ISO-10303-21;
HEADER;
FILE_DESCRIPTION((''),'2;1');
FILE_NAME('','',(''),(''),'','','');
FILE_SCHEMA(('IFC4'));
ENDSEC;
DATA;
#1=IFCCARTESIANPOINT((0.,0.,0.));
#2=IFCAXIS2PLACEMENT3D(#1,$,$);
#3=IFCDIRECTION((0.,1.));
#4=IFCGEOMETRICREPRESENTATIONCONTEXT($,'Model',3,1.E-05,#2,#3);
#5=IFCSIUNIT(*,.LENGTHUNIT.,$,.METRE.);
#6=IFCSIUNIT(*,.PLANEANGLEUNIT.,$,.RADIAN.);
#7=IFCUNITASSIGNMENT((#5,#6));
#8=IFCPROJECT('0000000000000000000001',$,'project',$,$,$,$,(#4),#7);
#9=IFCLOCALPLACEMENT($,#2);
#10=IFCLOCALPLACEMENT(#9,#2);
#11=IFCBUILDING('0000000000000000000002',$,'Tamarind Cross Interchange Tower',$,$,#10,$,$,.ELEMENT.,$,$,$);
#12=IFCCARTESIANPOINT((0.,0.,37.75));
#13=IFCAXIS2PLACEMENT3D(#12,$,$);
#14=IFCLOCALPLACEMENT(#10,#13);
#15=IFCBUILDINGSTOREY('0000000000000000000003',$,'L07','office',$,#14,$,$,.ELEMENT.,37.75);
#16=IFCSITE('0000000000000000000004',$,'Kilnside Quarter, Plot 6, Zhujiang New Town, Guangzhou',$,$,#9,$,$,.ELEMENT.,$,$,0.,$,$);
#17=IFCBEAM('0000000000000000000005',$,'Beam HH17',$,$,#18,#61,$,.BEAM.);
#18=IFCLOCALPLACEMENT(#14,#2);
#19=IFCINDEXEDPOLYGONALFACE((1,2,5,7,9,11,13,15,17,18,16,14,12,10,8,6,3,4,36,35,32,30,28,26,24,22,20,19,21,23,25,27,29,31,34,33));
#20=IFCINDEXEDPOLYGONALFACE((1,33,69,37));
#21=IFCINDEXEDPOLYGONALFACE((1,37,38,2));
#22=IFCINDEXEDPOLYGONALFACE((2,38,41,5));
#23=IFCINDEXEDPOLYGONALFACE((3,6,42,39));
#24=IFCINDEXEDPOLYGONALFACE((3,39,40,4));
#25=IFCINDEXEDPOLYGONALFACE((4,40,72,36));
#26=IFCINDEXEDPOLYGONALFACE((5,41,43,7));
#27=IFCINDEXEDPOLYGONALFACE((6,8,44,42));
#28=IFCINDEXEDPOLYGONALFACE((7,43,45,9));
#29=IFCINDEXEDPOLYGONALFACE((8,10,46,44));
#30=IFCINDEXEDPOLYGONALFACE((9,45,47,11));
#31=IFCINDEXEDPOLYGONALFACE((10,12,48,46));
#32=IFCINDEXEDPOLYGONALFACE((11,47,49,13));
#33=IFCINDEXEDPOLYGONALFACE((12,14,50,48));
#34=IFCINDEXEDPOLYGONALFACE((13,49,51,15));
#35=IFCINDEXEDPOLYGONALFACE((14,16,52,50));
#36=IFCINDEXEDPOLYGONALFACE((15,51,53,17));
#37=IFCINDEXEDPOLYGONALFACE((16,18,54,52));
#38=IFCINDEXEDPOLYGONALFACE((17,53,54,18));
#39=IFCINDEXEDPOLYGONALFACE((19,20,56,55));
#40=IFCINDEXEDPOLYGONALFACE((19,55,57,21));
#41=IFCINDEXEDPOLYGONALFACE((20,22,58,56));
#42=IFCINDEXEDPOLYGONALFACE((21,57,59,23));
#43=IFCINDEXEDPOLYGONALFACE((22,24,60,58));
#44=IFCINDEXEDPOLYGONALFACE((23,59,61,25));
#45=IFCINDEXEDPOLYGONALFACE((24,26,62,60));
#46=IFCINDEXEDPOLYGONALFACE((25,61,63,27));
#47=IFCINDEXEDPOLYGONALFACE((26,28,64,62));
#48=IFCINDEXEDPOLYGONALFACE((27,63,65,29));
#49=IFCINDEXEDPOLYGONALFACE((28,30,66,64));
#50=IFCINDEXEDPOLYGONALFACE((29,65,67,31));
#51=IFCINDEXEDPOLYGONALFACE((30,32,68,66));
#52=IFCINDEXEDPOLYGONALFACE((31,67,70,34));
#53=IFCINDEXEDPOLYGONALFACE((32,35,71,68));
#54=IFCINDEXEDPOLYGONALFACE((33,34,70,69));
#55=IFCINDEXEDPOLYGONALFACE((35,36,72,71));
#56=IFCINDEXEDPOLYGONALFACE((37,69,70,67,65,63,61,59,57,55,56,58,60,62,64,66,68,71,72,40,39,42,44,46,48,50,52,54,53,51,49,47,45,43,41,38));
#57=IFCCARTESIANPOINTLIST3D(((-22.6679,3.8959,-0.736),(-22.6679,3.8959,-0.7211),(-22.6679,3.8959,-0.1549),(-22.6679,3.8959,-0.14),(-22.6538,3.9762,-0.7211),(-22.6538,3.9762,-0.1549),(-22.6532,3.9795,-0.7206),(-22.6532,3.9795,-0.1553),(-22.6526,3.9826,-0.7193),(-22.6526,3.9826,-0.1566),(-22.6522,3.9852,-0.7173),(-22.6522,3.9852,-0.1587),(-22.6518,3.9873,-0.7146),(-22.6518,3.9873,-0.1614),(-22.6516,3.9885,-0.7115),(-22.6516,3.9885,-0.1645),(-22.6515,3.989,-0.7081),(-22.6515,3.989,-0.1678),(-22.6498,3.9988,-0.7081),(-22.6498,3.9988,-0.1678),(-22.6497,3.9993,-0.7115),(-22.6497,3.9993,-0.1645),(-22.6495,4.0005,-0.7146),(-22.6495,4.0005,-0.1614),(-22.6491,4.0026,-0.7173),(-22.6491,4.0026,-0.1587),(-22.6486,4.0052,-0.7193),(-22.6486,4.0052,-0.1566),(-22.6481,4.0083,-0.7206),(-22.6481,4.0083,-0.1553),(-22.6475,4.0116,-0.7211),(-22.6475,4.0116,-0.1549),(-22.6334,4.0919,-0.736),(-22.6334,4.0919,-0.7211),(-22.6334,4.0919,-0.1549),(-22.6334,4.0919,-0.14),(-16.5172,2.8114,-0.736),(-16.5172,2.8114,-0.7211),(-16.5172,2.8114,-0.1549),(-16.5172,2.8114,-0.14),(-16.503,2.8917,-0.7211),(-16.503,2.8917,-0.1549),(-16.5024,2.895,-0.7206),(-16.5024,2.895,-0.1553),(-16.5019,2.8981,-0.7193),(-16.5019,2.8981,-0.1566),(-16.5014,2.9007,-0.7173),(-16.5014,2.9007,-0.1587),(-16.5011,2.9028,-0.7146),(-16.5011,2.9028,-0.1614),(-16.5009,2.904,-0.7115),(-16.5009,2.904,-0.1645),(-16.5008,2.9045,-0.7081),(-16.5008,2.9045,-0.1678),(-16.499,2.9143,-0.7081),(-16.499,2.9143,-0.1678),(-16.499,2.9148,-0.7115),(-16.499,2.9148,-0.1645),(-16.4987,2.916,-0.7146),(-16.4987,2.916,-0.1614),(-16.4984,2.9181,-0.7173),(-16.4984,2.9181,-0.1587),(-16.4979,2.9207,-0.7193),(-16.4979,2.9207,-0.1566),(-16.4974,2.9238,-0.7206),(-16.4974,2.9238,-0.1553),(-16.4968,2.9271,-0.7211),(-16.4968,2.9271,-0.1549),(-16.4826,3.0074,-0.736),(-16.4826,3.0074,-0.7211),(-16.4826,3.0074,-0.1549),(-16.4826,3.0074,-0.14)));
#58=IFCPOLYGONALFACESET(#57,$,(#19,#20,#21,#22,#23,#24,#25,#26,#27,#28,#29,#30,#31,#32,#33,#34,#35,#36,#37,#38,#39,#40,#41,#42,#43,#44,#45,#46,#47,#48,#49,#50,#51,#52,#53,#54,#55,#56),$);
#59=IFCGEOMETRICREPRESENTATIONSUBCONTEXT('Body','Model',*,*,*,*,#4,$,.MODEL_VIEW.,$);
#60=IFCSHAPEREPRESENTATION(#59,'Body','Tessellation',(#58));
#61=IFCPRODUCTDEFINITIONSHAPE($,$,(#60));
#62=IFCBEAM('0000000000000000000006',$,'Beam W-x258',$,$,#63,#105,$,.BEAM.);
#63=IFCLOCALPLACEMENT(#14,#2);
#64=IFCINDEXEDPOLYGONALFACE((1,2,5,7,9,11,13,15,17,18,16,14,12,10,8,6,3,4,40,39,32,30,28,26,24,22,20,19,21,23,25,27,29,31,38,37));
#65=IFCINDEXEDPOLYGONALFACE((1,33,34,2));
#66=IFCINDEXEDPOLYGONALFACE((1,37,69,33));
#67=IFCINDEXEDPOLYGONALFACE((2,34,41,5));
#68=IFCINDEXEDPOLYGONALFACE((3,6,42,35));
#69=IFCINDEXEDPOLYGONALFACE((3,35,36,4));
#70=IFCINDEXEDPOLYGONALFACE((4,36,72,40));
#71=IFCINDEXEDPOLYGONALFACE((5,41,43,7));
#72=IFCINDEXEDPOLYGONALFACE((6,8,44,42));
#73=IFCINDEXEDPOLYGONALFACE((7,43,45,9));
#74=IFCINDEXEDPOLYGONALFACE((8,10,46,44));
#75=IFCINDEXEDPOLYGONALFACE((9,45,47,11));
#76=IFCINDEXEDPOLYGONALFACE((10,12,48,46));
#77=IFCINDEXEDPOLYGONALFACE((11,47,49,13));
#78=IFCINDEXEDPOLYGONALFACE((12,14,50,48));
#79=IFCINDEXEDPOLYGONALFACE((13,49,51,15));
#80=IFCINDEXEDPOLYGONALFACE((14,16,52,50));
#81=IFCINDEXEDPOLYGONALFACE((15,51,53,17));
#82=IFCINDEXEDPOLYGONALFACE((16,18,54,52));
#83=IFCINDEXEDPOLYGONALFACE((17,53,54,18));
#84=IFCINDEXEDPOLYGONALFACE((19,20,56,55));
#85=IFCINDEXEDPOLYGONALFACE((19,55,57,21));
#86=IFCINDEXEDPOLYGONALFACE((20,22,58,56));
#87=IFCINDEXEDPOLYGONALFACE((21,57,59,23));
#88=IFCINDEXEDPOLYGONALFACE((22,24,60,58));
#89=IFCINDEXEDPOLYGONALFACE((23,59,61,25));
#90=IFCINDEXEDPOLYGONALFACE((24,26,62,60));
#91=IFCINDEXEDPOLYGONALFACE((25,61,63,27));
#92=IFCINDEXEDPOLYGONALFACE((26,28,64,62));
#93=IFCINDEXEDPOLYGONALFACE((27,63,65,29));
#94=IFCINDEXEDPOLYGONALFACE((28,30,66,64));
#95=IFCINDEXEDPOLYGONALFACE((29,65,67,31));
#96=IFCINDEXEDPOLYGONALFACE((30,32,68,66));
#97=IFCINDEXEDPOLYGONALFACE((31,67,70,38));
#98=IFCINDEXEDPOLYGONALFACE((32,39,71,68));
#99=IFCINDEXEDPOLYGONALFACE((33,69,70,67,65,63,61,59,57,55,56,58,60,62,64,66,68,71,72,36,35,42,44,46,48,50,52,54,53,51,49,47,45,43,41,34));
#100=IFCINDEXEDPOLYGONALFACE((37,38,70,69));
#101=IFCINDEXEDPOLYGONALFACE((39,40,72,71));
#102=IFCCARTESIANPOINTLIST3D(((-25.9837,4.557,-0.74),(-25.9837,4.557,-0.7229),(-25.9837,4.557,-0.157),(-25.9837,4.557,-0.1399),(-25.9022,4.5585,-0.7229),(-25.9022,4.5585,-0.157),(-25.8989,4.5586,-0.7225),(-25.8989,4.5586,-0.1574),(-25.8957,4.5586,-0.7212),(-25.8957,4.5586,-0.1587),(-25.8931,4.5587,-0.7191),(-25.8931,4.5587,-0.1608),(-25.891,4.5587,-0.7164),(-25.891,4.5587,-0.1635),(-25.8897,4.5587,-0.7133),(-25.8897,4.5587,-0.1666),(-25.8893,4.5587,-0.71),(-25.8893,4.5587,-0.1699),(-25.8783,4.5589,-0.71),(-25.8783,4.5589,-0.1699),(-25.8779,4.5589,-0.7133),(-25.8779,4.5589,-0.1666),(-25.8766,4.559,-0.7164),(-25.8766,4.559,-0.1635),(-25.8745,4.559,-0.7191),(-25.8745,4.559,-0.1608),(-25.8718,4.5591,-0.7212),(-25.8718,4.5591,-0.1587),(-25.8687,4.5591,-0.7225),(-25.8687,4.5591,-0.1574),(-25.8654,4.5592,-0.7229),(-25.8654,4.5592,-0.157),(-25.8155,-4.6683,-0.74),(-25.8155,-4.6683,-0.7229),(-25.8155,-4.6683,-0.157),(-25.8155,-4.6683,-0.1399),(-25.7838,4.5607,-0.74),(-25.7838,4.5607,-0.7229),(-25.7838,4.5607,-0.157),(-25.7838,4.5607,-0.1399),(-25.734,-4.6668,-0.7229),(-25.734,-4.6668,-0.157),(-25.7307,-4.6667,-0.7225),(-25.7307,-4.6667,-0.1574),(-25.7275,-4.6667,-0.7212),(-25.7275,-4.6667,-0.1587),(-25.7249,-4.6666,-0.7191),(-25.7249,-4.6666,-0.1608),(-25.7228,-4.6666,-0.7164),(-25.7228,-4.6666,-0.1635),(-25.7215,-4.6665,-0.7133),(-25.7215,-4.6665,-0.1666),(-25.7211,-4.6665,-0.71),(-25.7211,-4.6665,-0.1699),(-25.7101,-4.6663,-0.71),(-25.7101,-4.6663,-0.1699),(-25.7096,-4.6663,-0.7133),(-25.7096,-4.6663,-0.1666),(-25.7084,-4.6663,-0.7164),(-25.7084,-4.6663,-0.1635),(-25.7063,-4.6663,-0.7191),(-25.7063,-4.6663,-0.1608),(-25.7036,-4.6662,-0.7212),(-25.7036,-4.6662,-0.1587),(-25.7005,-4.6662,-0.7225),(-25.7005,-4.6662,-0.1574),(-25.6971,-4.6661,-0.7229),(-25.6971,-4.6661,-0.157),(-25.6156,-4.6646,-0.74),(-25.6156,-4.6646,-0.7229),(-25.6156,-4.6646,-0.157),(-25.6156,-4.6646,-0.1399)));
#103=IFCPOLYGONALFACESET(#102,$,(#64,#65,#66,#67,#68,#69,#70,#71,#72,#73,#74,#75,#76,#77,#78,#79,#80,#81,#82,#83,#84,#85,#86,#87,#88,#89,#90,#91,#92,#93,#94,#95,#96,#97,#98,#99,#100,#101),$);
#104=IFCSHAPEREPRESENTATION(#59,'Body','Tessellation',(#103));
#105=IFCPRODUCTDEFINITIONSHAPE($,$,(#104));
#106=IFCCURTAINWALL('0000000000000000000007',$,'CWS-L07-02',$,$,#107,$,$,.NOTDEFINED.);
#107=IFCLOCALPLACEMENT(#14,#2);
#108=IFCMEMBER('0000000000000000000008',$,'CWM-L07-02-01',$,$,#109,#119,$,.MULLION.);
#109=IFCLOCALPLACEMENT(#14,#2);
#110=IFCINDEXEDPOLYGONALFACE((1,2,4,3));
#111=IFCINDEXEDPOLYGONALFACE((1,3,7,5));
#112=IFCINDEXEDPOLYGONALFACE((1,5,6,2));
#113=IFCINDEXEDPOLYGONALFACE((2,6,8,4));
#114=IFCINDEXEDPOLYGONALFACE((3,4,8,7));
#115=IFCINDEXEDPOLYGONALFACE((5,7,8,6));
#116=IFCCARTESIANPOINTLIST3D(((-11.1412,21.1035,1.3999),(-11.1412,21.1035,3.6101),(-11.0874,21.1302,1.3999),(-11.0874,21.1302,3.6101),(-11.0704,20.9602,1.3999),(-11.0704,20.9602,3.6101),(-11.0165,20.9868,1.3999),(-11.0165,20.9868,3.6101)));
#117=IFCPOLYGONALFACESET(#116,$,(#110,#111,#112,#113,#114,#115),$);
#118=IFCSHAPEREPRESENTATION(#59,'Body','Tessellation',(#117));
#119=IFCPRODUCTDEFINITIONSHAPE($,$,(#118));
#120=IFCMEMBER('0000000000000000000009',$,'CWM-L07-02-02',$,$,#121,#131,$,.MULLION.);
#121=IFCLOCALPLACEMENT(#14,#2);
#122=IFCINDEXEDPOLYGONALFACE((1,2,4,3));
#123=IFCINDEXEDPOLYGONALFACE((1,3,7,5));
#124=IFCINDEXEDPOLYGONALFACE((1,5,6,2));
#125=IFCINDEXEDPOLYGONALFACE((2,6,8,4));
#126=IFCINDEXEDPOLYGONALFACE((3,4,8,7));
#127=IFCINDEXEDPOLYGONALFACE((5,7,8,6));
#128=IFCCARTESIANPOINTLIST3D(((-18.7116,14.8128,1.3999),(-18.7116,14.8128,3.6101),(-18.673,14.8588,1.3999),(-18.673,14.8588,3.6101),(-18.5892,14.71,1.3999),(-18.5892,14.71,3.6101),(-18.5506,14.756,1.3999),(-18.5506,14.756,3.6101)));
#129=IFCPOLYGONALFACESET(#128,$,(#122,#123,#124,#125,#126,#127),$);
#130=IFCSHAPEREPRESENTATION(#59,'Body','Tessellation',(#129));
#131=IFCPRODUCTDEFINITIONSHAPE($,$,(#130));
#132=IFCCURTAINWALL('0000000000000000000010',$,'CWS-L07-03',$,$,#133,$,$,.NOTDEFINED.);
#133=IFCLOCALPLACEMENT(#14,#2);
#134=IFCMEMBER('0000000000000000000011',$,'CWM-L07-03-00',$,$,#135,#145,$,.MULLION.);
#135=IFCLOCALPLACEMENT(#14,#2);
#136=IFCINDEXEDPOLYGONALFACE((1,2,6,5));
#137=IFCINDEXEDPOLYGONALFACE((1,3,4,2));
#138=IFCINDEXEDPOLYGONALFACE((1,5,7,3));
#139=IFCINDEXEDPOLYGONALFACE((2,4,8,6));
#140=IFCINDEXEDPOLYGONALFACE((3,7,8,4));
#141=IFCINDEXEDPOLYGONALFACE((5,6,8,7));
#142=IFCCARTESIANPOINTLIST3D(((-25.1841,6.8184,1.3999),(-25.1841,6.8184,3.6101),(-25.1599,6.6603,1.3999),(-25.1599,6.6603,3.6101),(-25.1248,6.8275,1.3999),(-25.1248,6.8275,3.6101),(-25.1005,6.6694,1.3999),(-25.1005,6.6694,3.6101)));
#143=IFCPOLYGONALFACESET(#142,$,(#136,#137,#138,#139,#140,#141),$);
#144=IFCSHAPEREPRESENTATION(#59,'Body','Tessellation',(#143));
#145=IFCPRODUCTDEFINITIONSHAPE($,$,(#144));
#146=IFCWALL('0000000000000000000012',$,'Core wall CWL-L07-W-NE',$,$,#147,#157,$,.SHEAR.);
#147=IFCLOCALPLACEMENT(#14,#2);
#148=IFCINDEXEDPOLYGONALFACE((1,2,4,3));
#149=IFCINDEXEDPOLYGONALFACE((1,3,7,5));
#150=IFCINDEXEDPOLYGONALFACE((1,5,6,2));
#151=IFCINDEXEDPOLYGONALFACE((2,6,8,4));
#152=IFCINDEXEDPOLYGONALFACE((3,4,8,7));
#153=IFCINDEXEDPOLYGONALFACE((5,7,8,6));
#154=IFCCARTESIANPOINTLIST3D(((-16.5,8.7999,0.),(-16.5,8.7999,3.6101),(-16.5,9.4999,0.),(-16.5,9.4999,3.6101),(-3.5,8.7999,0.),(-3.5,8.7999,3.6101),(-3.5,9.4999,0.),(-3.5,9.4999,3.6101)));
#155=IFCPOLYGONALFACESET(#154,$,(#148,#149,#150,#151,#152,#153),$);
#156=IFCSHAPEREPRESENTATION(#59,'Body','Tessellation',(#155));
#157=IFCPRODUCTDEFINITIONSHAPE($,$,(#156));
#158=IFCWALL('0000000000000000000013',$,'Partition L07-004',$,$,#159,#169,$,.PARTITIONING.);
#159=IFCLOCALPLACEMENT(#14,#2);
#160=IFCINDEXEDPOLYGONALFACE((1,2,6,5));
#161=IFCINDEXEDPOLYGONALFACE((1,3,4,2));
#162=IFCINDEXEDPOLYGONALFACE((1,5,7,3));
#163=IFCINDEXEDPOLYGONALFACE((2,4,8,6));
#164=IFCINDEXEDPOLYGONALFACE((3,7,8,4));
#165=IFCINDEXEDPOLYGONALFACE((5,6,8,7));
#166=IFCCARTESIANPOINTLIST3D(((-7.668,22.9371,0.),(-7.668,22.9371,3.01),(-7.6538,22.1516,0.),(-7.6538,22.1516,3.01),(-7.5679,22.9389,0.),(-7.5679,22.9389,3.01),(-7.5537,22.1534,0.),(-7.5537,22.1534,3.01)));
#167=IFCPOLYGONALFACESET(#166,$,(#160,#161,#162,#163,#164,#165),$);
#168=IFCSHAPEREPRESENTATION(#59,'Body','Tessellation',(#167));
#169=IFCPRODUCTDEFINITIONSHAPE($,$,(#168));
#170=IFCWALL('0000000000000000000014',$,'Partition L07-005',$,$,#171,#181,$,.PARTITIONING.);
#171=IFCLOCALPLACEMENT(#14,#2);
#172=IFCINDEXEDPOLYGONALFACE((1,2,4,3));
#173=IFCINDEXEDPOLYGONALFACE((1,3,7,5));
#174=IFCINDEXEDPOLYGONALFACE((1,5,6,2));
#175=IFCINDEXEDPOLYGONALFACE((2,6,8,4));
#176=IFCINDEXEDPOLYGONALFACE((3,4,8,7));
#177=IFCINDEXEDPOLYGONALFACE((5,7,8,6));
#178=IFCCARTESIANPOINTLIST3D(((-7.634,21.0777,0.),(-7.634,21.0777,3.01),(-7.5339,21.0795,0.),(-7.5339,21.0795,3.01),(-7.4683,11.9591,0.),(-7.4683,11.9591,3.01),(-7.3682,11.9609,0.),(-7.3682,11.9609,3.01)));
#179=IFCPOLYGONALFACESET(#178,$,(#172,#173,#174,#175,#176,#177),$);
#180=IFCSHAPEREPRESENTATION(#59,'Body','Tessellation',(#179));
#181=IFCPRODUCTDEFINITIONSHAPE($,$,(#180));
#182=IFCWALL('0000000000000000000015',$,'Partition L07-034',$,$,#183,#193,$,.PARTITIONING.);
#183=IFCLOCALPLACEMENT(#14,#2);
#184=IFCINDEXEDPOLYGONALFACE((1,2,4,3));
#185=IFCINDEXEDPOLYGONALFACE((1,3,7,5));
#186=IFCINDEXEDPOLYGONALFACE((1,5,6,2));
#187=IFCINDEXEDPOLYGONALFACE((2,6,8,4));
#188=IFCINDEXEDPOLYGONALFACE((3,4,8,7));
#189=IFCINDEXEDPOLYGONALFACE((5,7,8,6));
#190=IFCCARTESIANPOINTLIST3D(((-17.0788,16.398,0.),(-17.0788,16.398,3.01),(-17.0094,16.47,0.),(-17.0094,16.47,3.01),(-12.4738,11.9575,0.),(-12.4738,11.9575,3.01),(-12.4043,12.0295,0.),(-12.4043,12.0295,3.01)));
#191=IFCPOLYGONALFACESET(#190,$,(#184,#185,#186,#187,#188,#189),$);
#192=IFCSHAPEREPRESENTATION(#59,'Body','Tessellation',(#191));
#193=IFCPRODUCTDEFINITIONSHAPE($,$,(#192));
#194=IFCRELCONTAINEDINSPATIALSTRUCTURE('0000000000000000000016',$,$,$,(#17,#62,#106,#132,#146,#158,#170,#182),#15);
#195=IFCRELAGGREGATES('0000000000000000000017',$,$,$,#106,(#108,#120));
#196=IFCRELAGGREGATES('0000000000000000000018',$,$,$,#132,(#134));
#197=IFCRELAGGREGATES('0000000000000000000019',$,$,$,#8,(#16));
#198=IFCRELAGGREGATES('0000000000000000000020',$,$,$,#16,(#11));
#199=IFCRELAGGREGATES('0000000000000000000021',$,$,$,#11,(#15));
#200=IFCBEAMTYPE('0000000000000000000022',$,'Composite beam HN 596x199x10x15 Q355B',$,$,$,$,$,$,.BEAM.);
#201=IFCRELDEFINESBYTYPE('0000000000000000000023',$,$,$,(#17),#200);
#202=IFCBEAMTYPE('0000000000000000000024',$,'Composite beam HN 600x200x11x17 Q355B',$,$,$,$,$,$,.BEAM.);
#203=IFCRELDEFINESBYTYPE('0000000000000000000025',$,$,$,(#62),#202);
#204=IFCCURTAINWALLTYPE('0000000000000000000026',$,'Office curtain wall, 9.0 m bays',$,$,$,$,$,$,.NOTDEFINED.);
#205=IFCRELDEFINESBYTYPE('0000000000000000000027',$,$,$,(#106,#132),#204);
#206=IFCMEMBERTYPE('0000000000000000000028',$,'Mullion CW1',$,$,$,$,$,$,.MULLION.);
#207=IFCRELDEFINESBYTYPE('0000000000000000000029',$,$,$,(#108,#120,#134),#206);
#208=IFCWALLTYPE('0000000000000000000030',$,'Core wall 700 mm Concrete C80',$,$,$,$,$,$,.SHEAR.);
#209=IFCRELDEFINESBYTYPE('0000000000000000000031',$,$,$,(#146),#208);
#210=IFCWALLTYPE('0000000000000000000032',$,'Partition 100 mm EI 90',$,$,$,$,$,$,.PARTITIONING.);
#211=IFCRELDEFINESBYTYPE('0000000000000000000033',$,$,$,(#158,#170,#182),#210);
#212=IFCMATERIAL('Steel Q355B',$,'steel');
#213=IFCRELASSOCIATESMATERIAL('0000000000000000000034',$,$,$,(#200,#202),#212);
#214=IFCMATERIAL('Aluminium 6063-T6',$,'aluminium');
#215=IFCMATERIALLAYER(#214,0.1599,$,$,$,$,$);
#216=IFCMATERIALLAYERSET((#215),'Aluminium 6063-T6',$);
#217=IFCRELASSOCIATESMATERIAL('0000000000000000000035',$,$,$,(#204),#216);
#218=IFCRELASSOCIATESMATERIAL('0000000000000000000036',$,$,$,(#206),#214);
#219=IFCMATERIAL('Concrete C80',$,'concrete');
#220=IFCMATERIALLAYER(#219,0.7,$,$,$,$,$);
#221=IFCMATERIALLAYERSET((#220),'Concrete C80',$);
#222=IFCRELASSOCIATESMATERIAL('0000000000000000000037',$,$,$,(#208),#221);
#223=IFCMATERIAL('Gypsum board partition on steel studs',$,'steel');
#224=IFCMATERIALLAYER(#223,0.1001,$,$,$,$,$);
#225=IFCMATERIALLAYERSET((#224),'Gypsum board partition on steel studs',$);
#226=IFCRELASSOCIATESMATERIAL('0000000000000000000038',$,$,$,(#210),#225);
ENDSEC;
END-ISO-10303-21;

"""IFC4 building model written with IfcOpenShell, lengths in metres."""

from ifc_helpers import new_model, si_unit, direction, frame, frame_2d, origin, origin_2d, place, context, subcontext, project, spatial, rectangle, i_section, extrude, material, layer, layer_set, material_profile, profile_set, type_object, element, aggregate, save


model = new_model("IFC4")

# Units and contexts
model_context = context("Model", 3, precision=1e-05, world=origin(), true_north=direction((0.0, 1.0)))
body_context = subcontext(model_context, "Body", "Model", "MODEL_VIEW")
ifc_project = project(units=[si_unit("LENGTHUNIT", "METRE"), si_unit("PLANEANGLEUNIT", "RADIAN")], contexts=[model_context])

# Site, building, storey
site_placement = place(None, origin())
site = spatial("IfcSite", under=ifc_project, at=site_placement, Name="Kilnside Quarter, Plot 6, Zhujiang New Town, Guangzhou", CompositionType="ELEMENT", RefElevation=0.0)
building_placement = place(site_placement, origin())
building = spatial("IfcBuilding", under=site, at=building_placement, Name="Tamarind Cross Interchange Tower", CompositionType="ELEMENT")
storey_placement = place(building_placement, frame((0.0, 0.0, 37.75)))
storey = spatial("IfcBuildingStorey", under=building, at=storey_placement, Name="L07", Description="office", CompositionType="ELEMENT", Elevation=37.75)

# Beams
ifc_material_1 = material(Name="Steel Q355B", Category="steel")
ifc_material_profile_1 = material_profile(ifc_material_1, i_section(OverallWidth=0.199, OverallDepth=0.5959, WebThickness=0.01, FlangeThickness=0.0149, FilletRadius=0.0129, at=origin_2d()), Name="HN 596x199x10x15")
ifc_profile_set_1 = profile_set([ifc_material_profile_1], Name="Steel Q355B")
beam_type_1 = type_object("IfcBeamType", Name="Composite beam HN 596x199x10x15 Q355B", PredefinedType="BEAM", material=ifc_profile_set_1)
beam_1_placement = place(storey_placement, frame((-22.6506, 3.9939, -0.438), z_axis=(0.984809, -0.17364, 0.0), x_axis=(0.17364, 0.984809, 0.0)))
element("IfcBeam", 1, at=beam_1_placement, inside=storey, type_object=beam_type_1, Name="Beam HH17", PredefinedType="BEAM", context=body_context, shape_type="SweptSolid", body=[
    extrude(i_section(OverallWidth=0.199, OverallDepth=0.5959, WebThickness=0.01, FlangeThickness=0.0149, FilletRadius=0.0129, at=origin_2d()), origin(), (0.0, 0.0, 1.0), 6.2456),
])
ifc_material_profile_2 = material_profile(ifc_material_1, i_section(OverallWidth=0.2, OverallDepth=0.6001, WebThickness=0.011, FlangeThickness=0.0171, FilletRadius=0.0129, at=origin_2d()), Name="HN 600x200x11x17")
ifc_profile_set_2 = profile_set([ifc_material_profile_2], Name="Steel Q355B")
beam_type_2 = type_object("IfcBeamType", Name="Composite beam HN 600x200x11x17 Q355B", PredefinedType="BEAM", material=ifc_profile_set_2)
beam_2_placement = place(storey_placement, frame((-25.8838, 4.5588, -0.4399), z_axis=(0.018231, -0.999834, 0.0), x_axis=(0.999834, 0.018231, 0.0)))
element("IfcBeam", 2, at=beam_2_placement, inside=storey, type_object=beam_type_2, Name="Beam W-x258", PredefinedType="BEAM", context=body_context, shape_type="SweptSolid", body=[
    extrude(i_section(OverallWidth=0.2, OverallDepth=0.6001, WebThickness=0.011, FlangeThickness=0.0171, FilletRadius=0.0129, at=origin_2d()), origin(), (0.0, 0.0, 1.0), 9.2268),
])

# Curtain wall, members
ifc_material_2 = material(Name="Aluminium 6063-T6", Category="aluminium")
ifc_layer_1 = layer(ifc_material_2, 0.1599)
ifc_layer_set_1 = layer_set([ifc_layer_1], Name="Aluminium 6063-T6")
curtain_wall_type = type_object("IfcCurtainWallType", Name="Office curtain wall, 9.0 m bays", PredefinedType="NOTDEFINED", material=ifc_layer_set_1)
curtain_wall_1_placement = place(storey_placement, origin())
curtain_wall_1 = element("IfcCurtainWall", 3, at=curtain_wall_1_placement, inside=storey, type_object=curtain_wall_type, Name="CWS-L07-02", PredefinedType="NOTDEFINED")
ifc_material_profile_3 = material_profile(ifc_material_2, rectangle(XDim=0.0601, YDim=0.1599, at=origin_2d()), Name="Mullion CW1")
ifc_profile_set_3 = profile_set([ifc_material_profile_3], Name="Aluminium 6063-T6")
member_type = type_object("IfcMemberType", Name="Mullion CW1", PredefinedType="MULLION", material=ifc_profile_set_3)
member_1_placement = place(storey_placement, frame((-11.0789, 21.0452, 1.3999), z_axis=(0.0, 0.0, 1.0), x_axis=(-0.896493, -0.443059, 0.0)))
member_1 = element("IfcMember", 4, at=member_1_placement, type_object=member_type, Name="CWM-L07-02-01", PredefinedType="MULLION", context=body_context, shape_type="SweptSolid", body=[
    extrude(rectangle(XDim=0.0601, YDim=0.1599, at=origin_2d()), origin(), (0.0, 0.0, 1.0), 2.2102),
])
member_2_placement = place(storey_placement, frame((-18.6311, 14.7844, 1.3999), z_axis=(0.0, 0.0, 1.0), x_axis=(-0.643009, -0.765858, 0.0)))
member_2 = element("IfcMember", 5, at=member_2_placement, type_object=member_type, Name="CWM-L07-02-02", PredefinedType="MULLION", context=body_context, shape_type="SweptSolid", body=[
    extrude(rectangle(XDim=0.0601, YDim=0.1599, at=origin_2d()), origin(), (0.0, 0.0, 1.0), 2.2102),
])
aggregate(curtain_wall_1, [member_1, member_2])

# Curtain wall, member
curtain_wall_2_placement = place(storey_placement, origin())
curtain_wall_2 = element("IfcCurtainWall", 6, at=curtain_wall_2_placement, inside=storey, type_object=curtain_wall_type, Name="CWS-L07-03", PredefinedType="NOTDEFINED")
member_3_placement = place(storey_placement, frame((-25.1423, 6.7439, 1.3999), z_axis=(0.0, 0.0, 1.0), x_axis=(-0.988428, -0.151689, 0.0)))
member_3 = element("IfcMember", 7, at=member_3_placement, type_object=member_type, Name="CWM-L07-03-00", PredefinedType="MULLION", context=body_context, shape_type="SweptSolid", body=[
    extrude(rectangle(XDim=0.0601, YDim=0.1599, at=origin_2d()), origin(), (0.0, 0.0, 1.0), 2.2102),
])
aggregate(curtain_wall_2, [member_3])

# Walls
ifc_material_3 = material(Name="Concrete C80", Category="concrete")
ifc_layer_2 = layer(ifc_material_3, 0.7)
ifc_layer_set_2 = layer_set([ifc_layer_2], Name="Concrete C80")
wall_type_1 = type_object("IfcWallType", Name="Core wall 700 mm Concrete C80", PredefinedType="SHEAR", material=ifc_layer_set_2)
wall_1_placement = place(storey_placement, frame((-16.5, 9.1499, 0.0), z_axis=(0.0, 0.0, 1.0), x_axis=(1.0, 0.0, 0.0)))
element("IfcWall", 8, at=wall_1_placement, inside=storey, type_object=wall_type_1, Name="Core wall CWL-L07-W-NE", PredefinedType="SHEAR", context=body_context, shape_type="SweptSolid", body=[
    extrude(rectangle(XDim=13.0, YDim=0.7, at=frame_2d((6.5, 0.0))), origin(), (0.0, 0.0, 1.0), 3.6101),
])
ifc_material_4 = material(Name="Gypsum board partition on steel studs", Category="steel")
ifc_layer_3 = layer(ifc_material_4, 0.1001)
ifc_layer_set_3 = layer_set([ifc_layer_3], Name="Gypsum board partition on steel studs")
wall_type_2 = type_object("IfcWallType", Name="Partition 100 mm EI 90", PredefinedType="PARTITIONING", material=ifc_layer_set_3)
wall_2_placement = place(storey_placement, frame((-7.6179, 22.938, 0.0), z_axis=(0.0, 0.0, 1.0), x_axis=(0.018026, -0.999838, 0.0)))
element("IfcWall", 9, at=wall_2_placement, inside=storey, type_object=wall_type_2, Name="Partition L07-004", PredefinedType="PARTITIONING", context=body_context, shape_type="SweptSolid", body=[
    extrude(rectangle(XDim=0.7856, YDim=0.1001, at=frame_2d((0.3928, 0.0))), origin(), (0.0, 0.0, 1.0), 3.01),
])
wall_3_placement = place(storey_placement, frame((-7.584, 21.0786, 0.0), z_axis=(0.0, 0.0, 1.0), x_axis=(0.018176, -0.999835, 0.0)))
element("IfcWall", 10, at=wall_3_placement, inside=storey, type_object=wall_type_2, Name="Partition L07-005", PredefinedType="PARTITIONING", context=body_context, shape_type="SweptSolid", body=[
    extrude(rectangle(XDim=9.1201, YDim=0.1001, at=frame_2d((4.5601, 0.0))), origin(), (0.0, 0.0, 1.0), 3.01),
])
wall_4_placement = place(storey_placement, frame((-17.0442, 16.4341, 0.0), z_axis=(0.0, 0.0, 1.0), x_axis=(0.719851, -0.694129, 0.0)))
element("IfcWall", 11, at=wall_4_placement, inside=storey, type_object=wall_type_2, Name="Partition L07-034", PredefinedType="PARTITIONING", context=body_context, shape_type="SweptSolid", body=[
    extrude(rectangle(XDim=6.3972, YDim=0.1001, at=frame_2d((3.1987, 0.0))), origin(), (0.0, 0.0, 1.0), 3.01),
])

save(model, "model.ifc")
